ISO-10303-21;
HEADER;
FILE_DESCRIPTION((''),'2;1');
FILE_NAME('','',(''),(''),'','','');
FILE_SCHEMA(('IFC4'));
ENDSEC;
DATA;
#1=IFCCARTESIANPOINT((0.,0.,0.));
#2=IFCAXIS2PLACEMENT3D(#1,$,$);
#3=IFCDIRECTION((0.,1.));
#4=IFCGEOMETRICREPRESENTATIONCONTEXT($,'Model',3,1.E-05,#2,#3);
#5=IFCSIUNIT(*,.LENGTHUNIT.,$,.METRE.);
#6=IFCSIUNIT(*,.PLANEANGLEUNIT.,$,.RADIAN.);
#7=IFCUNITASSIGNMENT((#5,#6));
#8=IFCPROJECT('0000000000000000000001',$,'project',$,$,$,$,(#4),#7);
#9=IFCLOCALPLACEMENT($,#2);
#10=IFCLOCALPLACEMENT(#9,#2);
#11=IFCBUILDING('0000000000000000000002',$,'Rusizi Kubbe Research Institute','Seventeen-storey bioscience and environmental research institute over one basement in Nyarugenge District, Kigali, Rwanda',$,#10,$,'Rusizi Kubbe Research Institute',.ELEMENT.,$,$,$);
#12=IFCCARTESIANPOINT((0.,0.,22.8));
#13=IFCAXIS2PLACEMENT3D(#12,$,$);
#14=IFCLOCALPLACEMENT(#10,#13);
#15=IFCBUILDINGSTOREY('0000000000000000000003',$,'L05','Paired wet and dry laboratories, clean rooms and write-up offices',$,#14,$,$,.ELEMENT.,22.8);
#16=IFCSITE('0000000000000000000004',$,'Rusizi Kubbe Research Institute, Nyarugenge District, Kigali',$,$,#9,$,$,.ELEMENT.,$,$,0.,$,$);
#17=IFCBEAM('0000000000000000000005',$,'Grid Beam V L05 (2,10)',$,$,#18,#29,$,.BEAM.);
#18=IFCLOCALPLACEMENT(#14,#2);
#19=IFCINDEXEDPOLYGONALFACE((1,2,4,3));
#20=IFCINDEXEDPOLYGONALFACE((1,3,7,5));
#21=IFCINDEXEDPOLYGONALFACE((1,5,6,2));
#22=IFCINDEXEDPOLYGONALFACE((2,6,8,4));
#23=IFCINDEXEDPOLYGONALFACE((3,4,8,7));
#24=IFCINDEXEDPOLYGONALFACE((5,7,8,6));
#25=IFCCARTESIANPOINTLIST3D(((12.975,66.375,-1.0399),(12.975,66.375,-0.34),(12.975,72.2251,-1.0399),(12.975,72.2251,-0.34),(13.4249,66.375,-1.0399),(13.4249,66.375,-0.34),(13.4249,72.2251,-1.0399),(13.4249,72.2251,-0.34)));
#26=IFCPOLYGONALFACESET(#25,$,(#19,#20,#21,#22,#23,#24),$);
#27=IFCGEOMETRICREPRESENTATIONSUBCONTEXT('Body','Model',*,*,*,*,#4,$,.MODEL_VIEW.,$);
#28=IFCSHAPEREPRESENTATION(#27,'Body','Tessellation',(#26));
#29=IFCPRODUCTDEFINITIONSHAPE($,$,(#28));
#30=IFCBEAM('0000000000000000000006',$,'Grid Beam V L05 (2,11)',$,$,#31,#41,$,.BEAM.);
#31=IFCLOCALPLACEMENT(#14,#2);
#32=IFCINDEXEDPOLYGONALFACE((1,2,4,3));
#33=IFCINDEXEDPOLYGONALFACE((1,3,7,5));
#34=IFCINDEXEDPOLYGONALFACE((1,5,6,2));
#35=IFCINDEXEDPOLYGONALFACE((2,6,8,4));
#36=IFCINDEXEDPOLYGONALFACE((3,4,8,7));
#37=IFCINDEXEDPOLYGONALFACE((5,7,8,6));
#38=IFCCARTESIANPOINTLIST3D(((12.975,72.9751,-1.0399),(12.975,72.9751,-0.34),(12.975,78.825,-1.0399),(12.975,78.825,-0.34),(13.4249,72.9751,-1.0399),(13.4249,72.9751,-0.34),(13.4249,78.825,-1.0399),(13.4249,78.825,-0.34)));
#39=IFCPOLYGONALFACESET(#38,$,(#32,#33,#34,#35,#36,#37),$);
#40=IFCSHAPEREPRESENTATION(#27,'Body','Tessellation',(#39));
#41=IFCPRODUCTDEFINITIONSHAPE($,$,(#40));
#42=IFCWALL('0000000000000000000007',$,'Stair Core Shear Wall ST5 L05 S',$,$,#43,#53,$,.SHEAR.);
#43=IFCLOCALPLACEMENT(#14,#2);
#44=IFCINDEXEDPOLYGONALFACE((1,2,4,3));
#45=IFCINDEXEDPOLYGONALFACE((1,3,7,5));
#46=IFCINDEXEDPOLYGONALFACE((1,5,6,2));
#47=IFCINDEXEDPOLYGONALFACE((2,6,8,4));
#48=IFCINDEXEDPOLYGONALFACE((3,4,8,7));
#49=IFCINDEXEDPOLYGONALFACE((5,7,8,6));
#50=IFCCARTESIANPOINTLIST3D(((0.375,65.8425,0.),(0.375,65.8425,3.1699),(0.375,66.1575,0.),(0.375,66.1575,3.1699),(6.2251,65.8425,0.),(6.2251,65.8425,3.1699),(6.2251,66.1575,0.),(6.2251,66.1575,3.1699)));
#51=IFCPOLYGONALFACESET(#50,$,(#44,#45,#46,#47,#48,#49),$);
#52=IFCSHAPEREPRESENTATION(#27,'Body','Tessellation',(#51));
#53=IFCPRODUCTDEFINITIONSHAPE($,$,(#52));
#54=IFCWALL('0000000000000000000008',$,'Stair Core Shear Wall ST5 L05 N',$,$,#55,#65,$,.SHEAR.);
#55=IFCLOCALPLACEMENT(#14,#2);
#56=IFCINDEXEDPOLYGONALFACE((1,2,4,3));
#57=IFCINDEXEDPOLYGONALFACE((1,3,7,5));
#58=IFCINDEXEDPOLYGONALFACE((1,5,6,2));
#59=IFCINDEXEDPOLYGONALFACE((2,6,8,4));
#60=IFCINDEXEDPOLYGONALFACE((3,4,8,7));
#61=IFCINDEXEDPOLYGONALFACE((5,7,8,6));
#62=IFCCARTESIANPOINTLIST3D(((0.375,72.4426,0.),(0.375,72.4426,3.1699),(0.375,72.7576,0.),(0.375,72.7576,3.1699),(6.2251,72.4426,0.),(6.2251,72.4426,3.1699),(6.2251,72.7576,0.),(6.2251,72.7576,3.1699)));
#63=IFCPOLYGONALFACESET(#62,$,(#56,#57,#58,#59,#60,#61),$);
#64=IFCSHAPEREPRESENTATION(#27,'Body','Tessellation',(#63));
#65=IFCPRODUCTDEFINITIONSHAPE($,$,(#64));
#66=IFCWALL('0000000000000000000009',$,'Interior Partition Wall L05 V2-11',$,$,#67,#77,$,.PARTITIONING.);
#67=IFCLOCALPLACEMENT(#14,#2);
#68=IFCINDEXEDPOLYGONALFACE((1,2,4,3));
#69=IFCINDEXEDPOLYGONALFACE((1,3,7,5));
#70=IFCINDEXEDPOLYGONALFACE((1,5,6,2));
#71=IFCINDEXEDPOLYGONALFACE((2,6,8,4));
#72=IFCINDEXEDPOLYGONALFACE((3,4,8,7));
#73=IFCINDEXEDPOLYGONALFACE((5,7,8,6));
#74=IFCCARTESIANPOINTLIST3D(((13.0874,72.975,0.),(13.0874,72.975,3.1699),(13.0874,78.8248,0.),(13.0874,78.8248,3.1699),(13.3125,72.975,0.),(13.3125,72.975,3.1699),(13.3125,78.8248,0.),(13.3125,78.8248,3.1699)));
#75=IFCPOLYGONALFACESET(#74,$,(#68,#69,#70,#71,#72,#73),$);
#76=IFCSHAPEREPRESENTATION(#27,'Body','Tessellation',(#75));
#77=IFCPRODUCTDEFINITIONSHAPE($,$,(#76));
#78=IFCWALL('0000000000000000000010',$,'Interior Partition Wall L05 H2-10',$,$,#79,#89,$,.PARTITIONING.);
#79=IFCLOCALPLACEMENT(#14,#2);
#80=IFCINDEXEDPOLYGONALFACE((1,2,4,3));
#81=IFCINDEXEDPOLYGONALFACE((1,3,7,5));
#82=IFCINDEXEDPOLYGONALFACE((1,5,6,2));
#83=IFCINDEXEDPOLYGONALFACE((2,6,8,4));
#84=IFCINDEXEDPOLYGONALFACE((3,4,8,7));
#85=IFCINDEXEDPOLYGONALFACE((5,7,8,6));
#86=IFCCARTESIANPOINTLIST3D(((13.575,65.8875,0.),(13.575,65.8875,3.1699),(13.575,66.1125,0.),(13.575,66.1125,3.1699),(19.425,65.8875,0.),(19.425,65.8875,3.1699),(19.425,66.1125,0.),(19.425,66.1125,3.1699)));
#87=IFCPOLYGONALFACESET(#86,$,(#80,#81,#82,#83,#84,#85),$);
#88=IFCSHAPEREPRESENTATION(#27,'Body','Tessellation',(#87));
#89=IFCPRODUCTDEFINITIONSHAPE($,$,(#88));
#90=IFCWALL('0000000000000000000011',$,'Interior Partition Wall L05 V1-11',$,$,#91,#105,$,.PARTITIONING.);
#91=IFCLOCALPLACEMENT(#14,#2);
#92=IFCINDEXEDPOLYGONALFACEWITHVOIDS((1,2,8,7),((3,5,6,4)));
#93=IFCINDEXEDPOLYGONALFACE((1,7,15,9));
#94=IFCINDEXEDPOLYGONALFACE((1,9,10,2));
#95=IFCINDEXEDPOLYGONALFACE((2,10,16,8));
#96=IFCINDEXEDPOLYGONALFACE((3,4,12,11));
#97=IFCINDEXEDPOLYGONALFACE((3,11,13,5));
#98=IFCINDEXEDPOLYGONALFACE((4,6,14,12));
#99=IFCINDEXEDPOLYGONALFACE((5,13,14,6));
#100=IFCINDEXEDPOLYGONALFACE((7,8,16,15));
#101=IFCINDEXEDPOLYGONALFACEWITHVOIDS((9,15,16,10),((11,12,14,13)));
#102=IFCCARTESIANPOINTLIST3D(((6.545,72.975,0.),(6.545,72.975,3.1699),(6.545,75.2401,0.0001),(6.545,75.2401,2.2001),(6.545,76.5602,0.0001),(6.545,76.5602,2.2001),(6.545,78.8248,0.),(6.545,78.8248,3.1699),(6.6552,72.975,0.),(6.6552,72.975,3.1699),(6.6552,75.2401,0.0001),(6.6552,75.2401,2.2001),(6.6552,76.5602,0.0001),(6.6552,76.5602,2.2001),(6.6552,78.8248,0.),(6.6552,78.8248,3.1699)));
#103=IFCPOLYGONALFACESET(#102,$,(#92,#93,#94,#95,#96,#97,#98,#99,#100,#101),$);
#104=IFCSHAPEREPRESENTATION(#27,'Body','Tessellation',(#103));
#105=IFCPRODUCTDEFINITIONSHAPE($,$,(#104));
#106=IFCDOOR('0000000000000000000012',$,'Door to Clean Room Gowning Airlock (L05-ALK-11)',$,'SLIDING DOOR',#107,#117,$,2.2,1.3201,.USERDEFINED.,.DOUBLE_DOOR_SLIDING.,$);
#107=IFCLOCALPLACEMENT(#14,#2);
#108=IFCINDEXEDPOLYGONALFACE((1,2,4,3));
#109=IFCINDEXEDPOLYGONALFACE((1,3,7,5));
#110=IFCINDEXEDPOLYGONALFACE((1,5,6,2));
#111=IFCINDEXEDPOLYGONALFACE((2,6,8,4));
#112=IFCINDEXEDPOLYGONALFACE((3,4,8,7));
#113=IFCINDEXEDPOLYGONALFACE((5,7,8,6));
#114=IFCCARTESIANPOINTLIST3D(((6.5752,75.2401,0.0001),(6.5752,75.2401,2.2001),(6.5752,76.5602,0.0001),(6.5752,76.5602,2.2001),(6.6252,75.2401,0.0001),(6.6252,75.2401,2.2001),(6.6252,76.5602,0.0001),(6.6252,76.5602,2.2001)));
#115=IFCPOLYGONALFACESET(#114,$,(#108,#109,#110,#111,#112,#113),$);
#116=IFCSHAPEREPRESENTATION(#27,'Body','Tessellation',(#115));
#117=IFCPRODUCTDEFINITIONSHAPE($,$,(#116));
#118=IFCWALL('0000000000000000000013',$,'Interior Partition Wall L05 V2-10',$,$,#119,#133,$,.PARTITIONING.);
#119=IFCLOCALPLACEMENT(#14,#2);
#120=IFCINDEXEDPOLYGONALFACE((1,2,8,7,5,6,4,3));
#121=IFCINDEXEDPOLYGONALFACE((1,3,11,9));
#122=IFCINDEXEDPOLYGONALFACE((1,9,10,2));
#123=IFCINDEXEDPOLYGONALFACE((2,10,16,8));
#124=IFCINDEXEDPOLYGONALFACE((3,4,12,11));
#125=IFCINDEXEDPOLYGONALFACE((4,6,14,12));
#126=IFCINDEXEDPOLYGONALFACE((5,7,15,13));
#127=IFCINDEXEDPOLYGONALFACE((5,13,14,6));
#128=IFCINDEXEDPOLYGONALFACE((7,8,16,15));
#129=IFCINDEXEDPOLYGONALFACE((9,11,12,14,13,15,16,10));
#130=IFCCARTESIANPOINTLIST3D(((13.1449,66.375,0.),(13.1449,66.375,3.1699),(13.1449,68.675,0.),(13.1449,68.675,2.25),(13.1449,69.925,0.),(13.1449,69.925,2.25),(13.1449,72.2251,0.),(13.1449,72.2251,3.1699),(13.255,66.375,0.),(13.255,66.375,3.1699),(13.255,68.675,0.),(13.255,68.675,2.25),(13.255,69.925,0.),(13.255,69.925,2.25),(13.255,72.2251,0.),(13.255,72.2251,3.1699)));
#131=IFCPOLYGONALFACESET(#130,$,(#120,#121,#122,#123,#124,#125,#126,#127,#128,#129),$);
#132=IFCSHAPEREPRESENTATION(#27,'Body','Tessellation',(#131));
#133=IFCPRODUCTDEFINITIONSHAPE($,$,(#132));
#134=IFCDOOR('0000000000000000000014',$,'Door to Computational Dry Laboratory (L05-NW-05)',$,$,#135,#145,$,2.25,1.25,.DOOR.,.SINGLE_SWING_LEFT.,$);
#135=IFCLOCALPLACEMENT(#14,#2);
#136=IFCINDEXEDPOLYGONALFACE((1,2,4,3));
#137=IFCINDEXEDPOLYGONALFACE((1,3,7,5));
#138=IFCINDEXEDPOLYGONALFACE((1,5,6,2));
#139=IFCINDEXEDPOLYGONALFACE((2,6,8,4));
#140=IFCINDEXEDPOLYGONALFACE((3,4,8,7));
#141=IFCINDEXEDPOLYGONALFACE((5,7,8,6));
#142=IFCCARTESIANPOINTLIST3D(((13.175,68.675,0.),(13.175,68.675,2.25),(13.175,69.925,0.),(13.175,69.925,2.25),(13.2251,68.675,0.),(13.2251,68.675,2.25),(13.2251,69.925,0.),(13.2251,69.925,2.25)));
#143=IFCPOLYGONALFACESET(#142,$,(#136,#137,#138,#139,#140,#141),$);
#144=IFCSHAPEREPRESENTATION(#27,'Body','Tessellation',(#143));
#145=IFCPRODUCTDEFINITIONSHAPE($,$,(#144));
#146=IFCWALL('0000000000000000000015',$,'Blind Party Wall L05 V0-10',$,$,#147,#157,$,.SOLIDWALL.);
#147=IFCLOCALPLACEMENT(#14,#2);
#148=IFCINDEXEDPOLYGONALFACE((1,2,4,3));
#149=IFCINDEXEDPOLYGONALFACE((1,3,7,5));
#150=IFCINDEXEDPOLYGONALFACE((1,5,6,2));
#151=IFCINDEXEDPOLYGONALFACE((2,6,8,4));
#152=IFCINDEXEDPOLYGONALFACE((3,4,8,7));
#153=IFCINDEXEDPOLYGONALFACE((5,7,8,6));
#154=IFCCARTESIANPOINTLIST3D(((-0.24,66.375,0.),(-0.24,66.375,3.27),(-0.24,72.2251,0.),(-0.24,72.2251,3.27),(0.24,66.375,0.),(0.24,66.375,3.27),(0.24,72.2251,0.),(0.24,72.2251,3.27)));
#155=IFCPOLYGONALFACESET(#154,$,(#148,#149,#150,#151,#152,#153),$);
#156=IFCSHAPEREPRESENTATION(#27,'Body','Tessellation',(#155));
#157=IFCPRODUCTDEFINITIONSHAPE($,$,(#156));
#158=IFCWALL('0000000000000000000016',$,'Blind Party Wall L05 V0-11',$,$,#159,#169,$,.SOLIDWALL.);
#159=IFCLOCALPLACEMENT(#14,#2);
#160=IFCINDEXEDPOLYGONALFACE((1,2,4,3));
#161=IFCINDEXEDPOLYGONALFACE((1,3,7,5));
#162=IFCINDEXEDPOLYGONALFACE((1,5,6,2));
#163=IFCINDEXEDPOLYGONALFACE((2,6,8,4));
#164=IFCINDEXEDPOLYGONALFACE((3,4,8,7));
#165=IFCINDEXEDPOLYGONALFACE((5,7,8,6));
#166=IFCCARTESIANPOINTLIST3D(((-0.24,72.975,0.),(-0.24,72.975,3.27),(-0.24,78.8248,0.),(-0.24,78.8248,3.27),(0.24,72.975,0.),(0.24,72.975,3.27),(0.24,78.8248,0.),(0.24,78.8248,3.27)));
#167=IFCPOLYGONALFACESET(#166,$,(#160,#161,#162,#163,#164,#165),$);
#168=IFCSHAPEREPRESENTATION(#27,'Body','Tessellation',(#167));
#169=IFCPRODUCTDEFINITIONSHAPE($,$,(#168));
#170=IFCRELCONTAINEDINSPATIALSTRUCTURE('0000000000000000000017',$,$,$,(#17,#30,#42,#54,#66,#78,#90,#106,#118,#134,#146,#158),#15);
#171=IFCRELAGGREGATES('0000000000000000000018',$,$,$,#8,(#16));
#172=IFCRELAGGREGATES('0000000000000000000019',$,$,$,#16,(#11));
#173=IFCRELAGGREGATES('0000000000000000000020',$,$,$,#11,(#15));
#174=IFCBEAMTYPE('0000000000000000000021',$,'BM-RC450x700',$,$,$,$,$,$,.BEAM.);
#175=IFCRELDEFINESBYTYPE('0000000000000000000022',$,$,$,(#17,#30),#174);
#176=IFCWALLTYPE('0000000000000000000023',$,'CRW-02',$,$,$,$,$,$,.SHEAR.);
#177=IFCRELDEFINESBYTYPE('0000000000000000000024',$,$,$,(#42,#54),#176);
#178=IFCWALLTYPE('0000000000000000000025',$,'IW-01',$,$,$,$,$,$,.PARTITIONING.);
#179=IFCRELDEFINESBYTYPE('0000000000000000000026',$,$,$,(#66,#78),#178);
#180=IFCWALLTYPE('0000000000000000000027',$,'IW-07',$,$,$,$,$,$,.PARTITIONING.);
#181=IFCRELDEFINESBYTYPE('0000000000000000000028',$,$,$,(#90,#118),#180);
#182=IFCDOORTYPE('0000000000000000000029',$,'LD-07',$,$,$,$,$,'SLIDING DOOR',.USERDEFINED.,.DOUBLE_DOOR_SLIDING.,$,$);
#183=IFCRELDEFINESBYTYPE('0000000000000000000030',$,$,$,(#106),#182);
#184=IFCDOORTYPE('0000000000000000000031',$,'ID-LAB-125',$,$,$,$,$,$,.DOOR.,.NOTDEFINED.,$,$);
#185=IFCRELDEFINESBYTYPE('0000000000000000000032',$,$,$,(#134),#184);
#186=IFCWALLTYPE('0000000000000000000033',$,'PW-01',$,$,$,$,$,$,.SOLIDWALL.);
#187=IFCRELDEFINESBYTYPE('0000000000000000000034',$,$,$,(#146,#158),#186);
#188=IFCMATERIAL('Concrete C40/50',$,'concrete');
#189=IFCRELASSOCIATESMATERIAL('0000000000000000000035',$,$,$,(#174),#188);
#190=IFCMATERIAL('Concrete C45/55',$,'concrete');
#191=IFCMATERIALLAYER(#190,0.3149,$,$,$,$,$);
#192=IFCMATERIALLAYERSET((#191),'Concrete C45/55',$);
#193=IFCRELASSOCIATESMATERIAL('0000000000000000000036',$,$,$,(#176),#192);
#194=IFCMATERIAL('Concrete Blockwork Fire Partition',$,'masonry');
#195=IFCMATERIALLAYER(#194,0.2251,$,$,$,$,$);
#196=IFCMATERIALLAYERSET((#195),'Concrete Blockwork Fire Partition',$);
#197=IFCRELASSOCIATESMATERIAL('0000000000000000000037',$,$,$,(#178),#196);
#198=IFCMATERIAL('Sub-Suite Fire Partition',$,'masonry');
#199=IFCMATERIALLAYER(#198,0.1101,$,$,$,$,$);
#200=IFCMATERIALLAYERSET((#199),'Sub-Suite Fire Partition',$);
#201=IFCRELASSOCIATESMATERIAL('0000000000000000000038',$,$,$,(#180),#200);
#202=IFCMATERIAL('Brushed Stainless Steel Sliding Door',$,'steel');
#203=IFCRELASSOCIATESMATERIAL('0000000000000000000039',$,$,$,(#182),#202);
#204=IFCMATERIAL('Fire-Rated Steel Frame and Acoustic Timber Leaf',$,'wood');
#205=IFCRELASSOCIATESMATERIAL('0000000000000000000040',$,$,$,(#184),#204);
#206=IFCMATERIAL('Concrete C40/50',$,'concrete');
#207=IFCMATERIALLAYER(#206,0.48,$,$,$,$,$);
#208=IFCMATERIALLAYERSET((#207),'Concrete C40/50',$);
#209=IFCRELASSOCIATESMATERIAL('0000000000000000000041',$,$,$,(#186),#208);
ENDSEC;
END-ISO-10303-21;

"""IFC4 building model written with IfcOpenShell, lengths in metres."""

from ifc_helpers import new_model, si_unit, direction, frame, frame_2d, origin, origin_2d, place, context, subcontext, project, spatial, rectangle, extrude, material, layer, layer_set, material_profile, profile_set, type_object, element, fill, save


model = new_model("IFC4")

# Units and contexts
model_context = context("Model", 3, precision=1e-05, world=origin(), true_north=direction((0.0, 1.0)))
body_context = subcontext(model_context, "Body", "Model", "MODEL_VIEW")
ifc_project = project(units=[si_unit("LENGTHUNIT", "METRE"), si_unit("PLANEANGLEUNIT", "RADIAN")], contexts=[model_context])

# Site, building, storey
site_placement = place(None, origin())
site = spatial("IfcSite", under=ifc_project, at=site_placement, Name="Rusizi Kubbe Research Institute, Nyarugenge District, Kigali", CompositionType="ELEMENT", RefElevation=0.0)
building_placement = place(site_placement, origin())
building = spatial("IfcBuilding", under=site, at=building_placement, Name="Rusizi Kubbe Research Institute", Description="Seventeen-storey bioscience and environmental research institute over one basement in Nyarugenge District, Kigali, Rwanda", LongName="Rusizi Kubbe Research Institute", CompositionType="ELEMENT")
storey_placement = place(building_placement, frame((0.0, 0.0, 22.8)))
storey = spatial("IfcBuildingStorey", under=building, at=storey_placement, Name="L05", Description="Paired wet and dry laboratories, clean rooms and write-up offices", CompositionType="ELEMENT", Elevation=22.8)

# Beams
ifc_material_1 = material(Name="Concrete C40/50", Category="concrete")
ifc_material_profile_1 = material_profile(ifc_material_1, rectangle(XDim=0.45, YDim=0.7, at=origin_2d()), Name="RC450x700B")
ifc_profile_set_1 = profile_set([ifc_material_profile_1], Name="Concrete C40/50")
beam_type_1 = type_object("IfcBeamType", Name="BM-RC450x700", PredefinedType="BEAM", material=ifc_profile_set_1)
beam_1_placement = place(storey_placement, frame((13.2, 66.375, -0.6899), z_axis=(0.0, 1.0, 0.0), x_axis=(-1.0, 0.0, 0.0)))
element("IfcBeam", 1, at=beam_1_placement, inside=storey, type_object=beam_type_1, Name="Grid Beam V L05 (2,10)", PredefinedType="BEAM", context=body_context, shape_type="SweptSolid", body=[
    extrude(rectangle(XDim=0.45, YDim=0.7, at=origin_2d()), origin(), (0.0, 0.0, 1.0), 5.8501),
])
beam_2_placement = place(storey_placement, frame((13.2, 72.9751, -0.6899), z_axis=(0.0, 1.0, 0.0), x_axis=(-1.0, 0.0, 0.0)))
element("IfcBeam", 2, at=beam_2_placement, inside=storey, type_object=beam_type_1, Name="Grid Beam V L05 (2,11)", PredefinedType="BEAM", context=body_context, shape_type="SweptSolid", body=[
    extrude(rectangle(XDim=0.45, YDim=0.7, at=origin_2d()), origin(), (0.0, 0.0, 1.0), 5.8499),
])

# Walls
ifc_material_2 = material(Name="Concrete C45/55", Category="concrete")
ifc_layer_1 = layer(ifc_material_2, 0.3149)
ifc_layer_set_1 = layer_set([ifc_layer_1], Name="Concrete C45/55")
wall_type_1 = type_object("IfcWallType", Name="CRW-02", PredefinedType="SHEAR", material=ifc_layer_set_1)
for number, where, z_axis, x_axis, name in (
    (3, (0.375, 66.0, 0.0), (0.0, 0.0, 1.0), (1.0, 0.0, 0.0), "Stair Core Shear Wall ST5 L05 S"),
    (4, (0.375, 72.6001, 0.0), (0.0, 0.0, 1.0), (1.0, 0.0, 0.0), "Stair Core Shear Wall ST5 L05 N"),
):
    element("IfcWall", number, at=place(storey_placement, frame(where, z_axis=z_axis, x_axis=x_axis)), inside=storey, type_object=wall_type_1, Name=name, PredefinedType="SHEAR", context=body_context, shape_type="SweptSolid", body=[
        extrude(rectangle(XDim=5.8501, YDim=0.3149, at=frame_2d((2.925, 0.0))), origin(), (0.0, 0.0, 1.0), 3.1699),
    ])

# Walls
ifc_material_3 = material(Name="Concrete Blockwork Fire Partition", Category="masonry")
ifc_layer_2 = layer(ifc_material_3, 0.2251)
ifc_layer_set_2 = layer_set([ifc_layer_2], Name="Concrete Blockwork Fire Partition")
wall_type_2 = type_object("IfcWallType", Name="IW-01", PredefinedType="PARTITIONING", material=ifc_layer_set_2)
wall_1_placement = place(storey_placement, frame((13.2, 72.9751, 0.0), z_axis=(0.0, 0.0, 1.0), x_axis=(0.0, 1.0, 0.0)))
element("IfcWall", 5, at=wall_1_placement, inside=storey, type_object=wall_type_2, Name="Interior Partition Wall L05 V2-11", PredefinedType="PARTITIONING", context=body_context, shape_type="SweptSolid", body=[
    extrude(rectangle(XDim=5.8499, YDim=0.2251, at=frame_2d((2.9248, 0.0))), origin(), (0.0, 0.0, 1.0), 3.1699),
])
wall_2_placement = place(storey_placement, frame((13.575, 66.0, 0.0), z_axis=(0.0, 0.0, 1.0), x_axis=(1.0, 0.0, 0.0)))
element("IfcWall", 6, at=wall_2_placement, inside=storey, type_object=wall_type_2, Name="Interior Partition Wall L05 H2-10", PredefinedType="PARTITIONING", context=body_context, shape_type="SweptSolid", body=[
    extrude(rectangle(XDim=5.8501, YDim=0.2251, at=frame_2d((2.925, 0.0))), origin(), (0.0, 0.0, 1.0), 3.1699),
])

# Walls, openings, doors
ifc_material_4 = material(Name="Sub-Suite Fire Partition", Category="masonry")
ifc_layer_3 = layer(ifc_material_4, 0.1101)
ifc_layer_set_3 = layer_set([ifc_layer_3], Name="Sub-Suite Fire Partition")
wall_type_3 = type_object("IfcWallType", Name="IW-07", PredefinedType="PARTITIONING", material=ifc_layer_set_3)
wall_3_placement = place(storey_placement, frame((6.6001, 72.9751, 0.0), z_axis=(0.0, 0.0, 1.0), x_axis=(0.0, 1.0, 0.0)))
wall_3 = element("IfcWall", 7, at=wall_3_placement, inside=storey, type_object=wall_type_3, Name="Interior Partition Wall L05 V1-11", PredefinedType="PARTITIONING", context=body_context, shape_type="SweptSolid", body=[
    extrude(rectangle(XDim=5.8499, YDim=0.1101, at=frame_2d((2.9248, 0.0))), origin(), (0.0, 0.0, 1.0), 3.1699),
])
opening_1_placement = place(wall_3_placement, frame((2.2649, 0.0, 0.0)))
opening_1 = element("IfcOpeningElement", 8, at=opening_1_placement, cuts=wall_3, PredefinedType="OPENING", context=body_context, shape_type="SweptSolid", body=[
    extrude(rectangle(XDim=1.3201, YDim=2.2, at=frame_2d((0.6602, 1.1001))), frame((0.0, 0.0649, 0.0), z_axis=(0.0, -1.0, 0.0), x_axis=(1.0, 0.0, 0.0)), (0.0, 0.0, 1.0), 0.1301),
])
ifc_material_5 = material(Name="Brushed Stainless Steel Sliding Door", Category="steel")
door_type_1 = type_object("IfcDoorType", Name="LD-07", ElementType="SLIDING DOOR", OperationType="DOUBLE_DOOR_SLIDING", PredefinedType="USERDEFINED", material=ifc_material_5)
door_1_placement = place(opening_1_placement, origin())
door_1 = element("IfcDoor", 9, at=door_1_placement, inside=storey, type_object=door_type_1, Name="Door to Clean Room Gowning Airlock (L05-ALK-11)", ObjectType="SLIDING DOOR", OperationType="DOUBLE_DOOR_SLIDING", OverallHeight=2.2, OverallWidth=1.3201, PredefinedType="USERDEFINED", context=body_context, shape_type="SweptSolid", body=[
    extrude(rectangle(XDim=1.3201, YDim=2.2, at=frame_2d((0.6602, 1.1001))), frame((0.0, 0.0249, 0.0), z_axis=(0.0, -1.0, 0.0), x_axis=(1.0, 0.0, 0.0)), (0.0, 0.0, 1.0), 0.05),
])
fill(opening_1, door_1)
wall_4_placement = place(storey_placement, frame((13.2, 66.375, 0.0), z_axis=(0.0, 0.0, 1.0), x_axis=(0.0, 1.0, 0.0)))
wall_4 = element("IfcWall", 10, at=wall_4_placement, inside=storey, type_object=wall_type_3, Name="Interior Partition Wall L05 V2-10", PredefinedType="PARTITIONING", context=body_context, shape_type="SweptSolid", body=[
    extrude(rectangle(XDim=5.8501, YDim=0.1101, at=frame_2d((2.925, 0.0))), origin(), (0.0, 0.0, 1.0), 3.1699),
])
opening_2_placement = place(wall_4_placement, frame((2.3, 0.0, 0.0)))
opening_2 = element("IfcOpeningElement", 11, at=opening_2_placement, cuts=wall_4, PredefinedType="OPENING", context=body_context, shape_type="SweptSolid", body=[
    extrude(rectangle(XDim=1.25, YDim=2.25, at=frame_2d((0.625, 1.125))), frame((0.0, 0.0649, 0.0), z_axis=(0.0, -1.0, 0.0), x_axis=(1.0, 0.0, 0.0)), (0.0, 0.0, 1.0), 0.1301),
])
ifc_material_6 = material(Name="Fire-Rated Steel Frame and Acoustic Timber Leaf", Category="wood")
door_type_2 = type_object("IfcDoorType", Name="ID-LAB-125", OperationType="NOTDEFINED", PredefinedType="DOOR", material=ifc_material_6)
door_2_placement = place(opening_2_placement, origin())
door_2 = element("IfcDoor", 12, at=door_2_placement, inside=storey, type_object=door_type_2, Name="Door to Computational Dry Laboratory (L05-NW-05)", OperationType="SINGLE_SWING_LEFT", OverallHeight=2.25, OverallWidth=1.25, PredefinedType="DOOR", context=body_context, shape_type="SweptSolid", body=[
    extrude(rectangle(XDim=1.25, YDim=2.25, at=frame_2d((0.625, 1.125))), frame((0.0, 0.0249, 0.0), z_axis=(0.0, -1.0, 0.0), x_axis=(1.0, 0.0, 0.0)), (0.0, 0.0, 1.0), 0.05),
])
fill(opening_2, door_2)

# Walls
ifc_material_7 = material(Name="Concrete C40/50", Category="concrete")
ifc_layer_4 = layer(ifc_material_7, 0.48)
ifc_layer_set_4 = layer_set([ifc_layer_4], Name="Concrete C40/50")
wall_type_4 = type_object("IfcWallType", Name="PW-01", PredefinedType="SOLIDWALL", material=ifc_layer_set_4)
wall_5_placement = place(storey_placement, frame((0.0, 66.375, 0.0), z_axis=(0.0, 0.0, 1.0), x_axis=(0.0, 1.0, 0.0)))
element("IfcWall", 13, at=wall_5_placement, inside=storey, type_object=wall_type_4, Name="Blind Party Wall L05 V0-10", PredefinedType="SOLIDWALL", context=body_context, shape_type="SweptSolid", body=[
    extrude(rectangle(XDim=5.8501, YDim=0.48, at=frame_2d((2.925, 0.0))), origin(), (0.0, 0.0, 1.0), 3.27),
])
wall_6_placement = place(storey_placement, frame((0.0, 72.9751, 0.0), z_axis=(0.0, 0.0, 1.0), x_axis=(0.0, 1.0, 0.0)))
element("IfcWall", 14, at=wall_6_placement, inside=storey, type_object=wall_type_4, Name="Blind Party Wall L05 V0-11", PredefinedType="SOLIDWALL", context=body_context, shape_type="SweptSolid", body=[
    extrude(rectangle(XDim=5.8499, YDim=0.48, at=frame_2d((2.9248, 0.0))), origin(), (0.0, 0.0, 1.0), 3.27),
])

save(model, "model.ifc")
